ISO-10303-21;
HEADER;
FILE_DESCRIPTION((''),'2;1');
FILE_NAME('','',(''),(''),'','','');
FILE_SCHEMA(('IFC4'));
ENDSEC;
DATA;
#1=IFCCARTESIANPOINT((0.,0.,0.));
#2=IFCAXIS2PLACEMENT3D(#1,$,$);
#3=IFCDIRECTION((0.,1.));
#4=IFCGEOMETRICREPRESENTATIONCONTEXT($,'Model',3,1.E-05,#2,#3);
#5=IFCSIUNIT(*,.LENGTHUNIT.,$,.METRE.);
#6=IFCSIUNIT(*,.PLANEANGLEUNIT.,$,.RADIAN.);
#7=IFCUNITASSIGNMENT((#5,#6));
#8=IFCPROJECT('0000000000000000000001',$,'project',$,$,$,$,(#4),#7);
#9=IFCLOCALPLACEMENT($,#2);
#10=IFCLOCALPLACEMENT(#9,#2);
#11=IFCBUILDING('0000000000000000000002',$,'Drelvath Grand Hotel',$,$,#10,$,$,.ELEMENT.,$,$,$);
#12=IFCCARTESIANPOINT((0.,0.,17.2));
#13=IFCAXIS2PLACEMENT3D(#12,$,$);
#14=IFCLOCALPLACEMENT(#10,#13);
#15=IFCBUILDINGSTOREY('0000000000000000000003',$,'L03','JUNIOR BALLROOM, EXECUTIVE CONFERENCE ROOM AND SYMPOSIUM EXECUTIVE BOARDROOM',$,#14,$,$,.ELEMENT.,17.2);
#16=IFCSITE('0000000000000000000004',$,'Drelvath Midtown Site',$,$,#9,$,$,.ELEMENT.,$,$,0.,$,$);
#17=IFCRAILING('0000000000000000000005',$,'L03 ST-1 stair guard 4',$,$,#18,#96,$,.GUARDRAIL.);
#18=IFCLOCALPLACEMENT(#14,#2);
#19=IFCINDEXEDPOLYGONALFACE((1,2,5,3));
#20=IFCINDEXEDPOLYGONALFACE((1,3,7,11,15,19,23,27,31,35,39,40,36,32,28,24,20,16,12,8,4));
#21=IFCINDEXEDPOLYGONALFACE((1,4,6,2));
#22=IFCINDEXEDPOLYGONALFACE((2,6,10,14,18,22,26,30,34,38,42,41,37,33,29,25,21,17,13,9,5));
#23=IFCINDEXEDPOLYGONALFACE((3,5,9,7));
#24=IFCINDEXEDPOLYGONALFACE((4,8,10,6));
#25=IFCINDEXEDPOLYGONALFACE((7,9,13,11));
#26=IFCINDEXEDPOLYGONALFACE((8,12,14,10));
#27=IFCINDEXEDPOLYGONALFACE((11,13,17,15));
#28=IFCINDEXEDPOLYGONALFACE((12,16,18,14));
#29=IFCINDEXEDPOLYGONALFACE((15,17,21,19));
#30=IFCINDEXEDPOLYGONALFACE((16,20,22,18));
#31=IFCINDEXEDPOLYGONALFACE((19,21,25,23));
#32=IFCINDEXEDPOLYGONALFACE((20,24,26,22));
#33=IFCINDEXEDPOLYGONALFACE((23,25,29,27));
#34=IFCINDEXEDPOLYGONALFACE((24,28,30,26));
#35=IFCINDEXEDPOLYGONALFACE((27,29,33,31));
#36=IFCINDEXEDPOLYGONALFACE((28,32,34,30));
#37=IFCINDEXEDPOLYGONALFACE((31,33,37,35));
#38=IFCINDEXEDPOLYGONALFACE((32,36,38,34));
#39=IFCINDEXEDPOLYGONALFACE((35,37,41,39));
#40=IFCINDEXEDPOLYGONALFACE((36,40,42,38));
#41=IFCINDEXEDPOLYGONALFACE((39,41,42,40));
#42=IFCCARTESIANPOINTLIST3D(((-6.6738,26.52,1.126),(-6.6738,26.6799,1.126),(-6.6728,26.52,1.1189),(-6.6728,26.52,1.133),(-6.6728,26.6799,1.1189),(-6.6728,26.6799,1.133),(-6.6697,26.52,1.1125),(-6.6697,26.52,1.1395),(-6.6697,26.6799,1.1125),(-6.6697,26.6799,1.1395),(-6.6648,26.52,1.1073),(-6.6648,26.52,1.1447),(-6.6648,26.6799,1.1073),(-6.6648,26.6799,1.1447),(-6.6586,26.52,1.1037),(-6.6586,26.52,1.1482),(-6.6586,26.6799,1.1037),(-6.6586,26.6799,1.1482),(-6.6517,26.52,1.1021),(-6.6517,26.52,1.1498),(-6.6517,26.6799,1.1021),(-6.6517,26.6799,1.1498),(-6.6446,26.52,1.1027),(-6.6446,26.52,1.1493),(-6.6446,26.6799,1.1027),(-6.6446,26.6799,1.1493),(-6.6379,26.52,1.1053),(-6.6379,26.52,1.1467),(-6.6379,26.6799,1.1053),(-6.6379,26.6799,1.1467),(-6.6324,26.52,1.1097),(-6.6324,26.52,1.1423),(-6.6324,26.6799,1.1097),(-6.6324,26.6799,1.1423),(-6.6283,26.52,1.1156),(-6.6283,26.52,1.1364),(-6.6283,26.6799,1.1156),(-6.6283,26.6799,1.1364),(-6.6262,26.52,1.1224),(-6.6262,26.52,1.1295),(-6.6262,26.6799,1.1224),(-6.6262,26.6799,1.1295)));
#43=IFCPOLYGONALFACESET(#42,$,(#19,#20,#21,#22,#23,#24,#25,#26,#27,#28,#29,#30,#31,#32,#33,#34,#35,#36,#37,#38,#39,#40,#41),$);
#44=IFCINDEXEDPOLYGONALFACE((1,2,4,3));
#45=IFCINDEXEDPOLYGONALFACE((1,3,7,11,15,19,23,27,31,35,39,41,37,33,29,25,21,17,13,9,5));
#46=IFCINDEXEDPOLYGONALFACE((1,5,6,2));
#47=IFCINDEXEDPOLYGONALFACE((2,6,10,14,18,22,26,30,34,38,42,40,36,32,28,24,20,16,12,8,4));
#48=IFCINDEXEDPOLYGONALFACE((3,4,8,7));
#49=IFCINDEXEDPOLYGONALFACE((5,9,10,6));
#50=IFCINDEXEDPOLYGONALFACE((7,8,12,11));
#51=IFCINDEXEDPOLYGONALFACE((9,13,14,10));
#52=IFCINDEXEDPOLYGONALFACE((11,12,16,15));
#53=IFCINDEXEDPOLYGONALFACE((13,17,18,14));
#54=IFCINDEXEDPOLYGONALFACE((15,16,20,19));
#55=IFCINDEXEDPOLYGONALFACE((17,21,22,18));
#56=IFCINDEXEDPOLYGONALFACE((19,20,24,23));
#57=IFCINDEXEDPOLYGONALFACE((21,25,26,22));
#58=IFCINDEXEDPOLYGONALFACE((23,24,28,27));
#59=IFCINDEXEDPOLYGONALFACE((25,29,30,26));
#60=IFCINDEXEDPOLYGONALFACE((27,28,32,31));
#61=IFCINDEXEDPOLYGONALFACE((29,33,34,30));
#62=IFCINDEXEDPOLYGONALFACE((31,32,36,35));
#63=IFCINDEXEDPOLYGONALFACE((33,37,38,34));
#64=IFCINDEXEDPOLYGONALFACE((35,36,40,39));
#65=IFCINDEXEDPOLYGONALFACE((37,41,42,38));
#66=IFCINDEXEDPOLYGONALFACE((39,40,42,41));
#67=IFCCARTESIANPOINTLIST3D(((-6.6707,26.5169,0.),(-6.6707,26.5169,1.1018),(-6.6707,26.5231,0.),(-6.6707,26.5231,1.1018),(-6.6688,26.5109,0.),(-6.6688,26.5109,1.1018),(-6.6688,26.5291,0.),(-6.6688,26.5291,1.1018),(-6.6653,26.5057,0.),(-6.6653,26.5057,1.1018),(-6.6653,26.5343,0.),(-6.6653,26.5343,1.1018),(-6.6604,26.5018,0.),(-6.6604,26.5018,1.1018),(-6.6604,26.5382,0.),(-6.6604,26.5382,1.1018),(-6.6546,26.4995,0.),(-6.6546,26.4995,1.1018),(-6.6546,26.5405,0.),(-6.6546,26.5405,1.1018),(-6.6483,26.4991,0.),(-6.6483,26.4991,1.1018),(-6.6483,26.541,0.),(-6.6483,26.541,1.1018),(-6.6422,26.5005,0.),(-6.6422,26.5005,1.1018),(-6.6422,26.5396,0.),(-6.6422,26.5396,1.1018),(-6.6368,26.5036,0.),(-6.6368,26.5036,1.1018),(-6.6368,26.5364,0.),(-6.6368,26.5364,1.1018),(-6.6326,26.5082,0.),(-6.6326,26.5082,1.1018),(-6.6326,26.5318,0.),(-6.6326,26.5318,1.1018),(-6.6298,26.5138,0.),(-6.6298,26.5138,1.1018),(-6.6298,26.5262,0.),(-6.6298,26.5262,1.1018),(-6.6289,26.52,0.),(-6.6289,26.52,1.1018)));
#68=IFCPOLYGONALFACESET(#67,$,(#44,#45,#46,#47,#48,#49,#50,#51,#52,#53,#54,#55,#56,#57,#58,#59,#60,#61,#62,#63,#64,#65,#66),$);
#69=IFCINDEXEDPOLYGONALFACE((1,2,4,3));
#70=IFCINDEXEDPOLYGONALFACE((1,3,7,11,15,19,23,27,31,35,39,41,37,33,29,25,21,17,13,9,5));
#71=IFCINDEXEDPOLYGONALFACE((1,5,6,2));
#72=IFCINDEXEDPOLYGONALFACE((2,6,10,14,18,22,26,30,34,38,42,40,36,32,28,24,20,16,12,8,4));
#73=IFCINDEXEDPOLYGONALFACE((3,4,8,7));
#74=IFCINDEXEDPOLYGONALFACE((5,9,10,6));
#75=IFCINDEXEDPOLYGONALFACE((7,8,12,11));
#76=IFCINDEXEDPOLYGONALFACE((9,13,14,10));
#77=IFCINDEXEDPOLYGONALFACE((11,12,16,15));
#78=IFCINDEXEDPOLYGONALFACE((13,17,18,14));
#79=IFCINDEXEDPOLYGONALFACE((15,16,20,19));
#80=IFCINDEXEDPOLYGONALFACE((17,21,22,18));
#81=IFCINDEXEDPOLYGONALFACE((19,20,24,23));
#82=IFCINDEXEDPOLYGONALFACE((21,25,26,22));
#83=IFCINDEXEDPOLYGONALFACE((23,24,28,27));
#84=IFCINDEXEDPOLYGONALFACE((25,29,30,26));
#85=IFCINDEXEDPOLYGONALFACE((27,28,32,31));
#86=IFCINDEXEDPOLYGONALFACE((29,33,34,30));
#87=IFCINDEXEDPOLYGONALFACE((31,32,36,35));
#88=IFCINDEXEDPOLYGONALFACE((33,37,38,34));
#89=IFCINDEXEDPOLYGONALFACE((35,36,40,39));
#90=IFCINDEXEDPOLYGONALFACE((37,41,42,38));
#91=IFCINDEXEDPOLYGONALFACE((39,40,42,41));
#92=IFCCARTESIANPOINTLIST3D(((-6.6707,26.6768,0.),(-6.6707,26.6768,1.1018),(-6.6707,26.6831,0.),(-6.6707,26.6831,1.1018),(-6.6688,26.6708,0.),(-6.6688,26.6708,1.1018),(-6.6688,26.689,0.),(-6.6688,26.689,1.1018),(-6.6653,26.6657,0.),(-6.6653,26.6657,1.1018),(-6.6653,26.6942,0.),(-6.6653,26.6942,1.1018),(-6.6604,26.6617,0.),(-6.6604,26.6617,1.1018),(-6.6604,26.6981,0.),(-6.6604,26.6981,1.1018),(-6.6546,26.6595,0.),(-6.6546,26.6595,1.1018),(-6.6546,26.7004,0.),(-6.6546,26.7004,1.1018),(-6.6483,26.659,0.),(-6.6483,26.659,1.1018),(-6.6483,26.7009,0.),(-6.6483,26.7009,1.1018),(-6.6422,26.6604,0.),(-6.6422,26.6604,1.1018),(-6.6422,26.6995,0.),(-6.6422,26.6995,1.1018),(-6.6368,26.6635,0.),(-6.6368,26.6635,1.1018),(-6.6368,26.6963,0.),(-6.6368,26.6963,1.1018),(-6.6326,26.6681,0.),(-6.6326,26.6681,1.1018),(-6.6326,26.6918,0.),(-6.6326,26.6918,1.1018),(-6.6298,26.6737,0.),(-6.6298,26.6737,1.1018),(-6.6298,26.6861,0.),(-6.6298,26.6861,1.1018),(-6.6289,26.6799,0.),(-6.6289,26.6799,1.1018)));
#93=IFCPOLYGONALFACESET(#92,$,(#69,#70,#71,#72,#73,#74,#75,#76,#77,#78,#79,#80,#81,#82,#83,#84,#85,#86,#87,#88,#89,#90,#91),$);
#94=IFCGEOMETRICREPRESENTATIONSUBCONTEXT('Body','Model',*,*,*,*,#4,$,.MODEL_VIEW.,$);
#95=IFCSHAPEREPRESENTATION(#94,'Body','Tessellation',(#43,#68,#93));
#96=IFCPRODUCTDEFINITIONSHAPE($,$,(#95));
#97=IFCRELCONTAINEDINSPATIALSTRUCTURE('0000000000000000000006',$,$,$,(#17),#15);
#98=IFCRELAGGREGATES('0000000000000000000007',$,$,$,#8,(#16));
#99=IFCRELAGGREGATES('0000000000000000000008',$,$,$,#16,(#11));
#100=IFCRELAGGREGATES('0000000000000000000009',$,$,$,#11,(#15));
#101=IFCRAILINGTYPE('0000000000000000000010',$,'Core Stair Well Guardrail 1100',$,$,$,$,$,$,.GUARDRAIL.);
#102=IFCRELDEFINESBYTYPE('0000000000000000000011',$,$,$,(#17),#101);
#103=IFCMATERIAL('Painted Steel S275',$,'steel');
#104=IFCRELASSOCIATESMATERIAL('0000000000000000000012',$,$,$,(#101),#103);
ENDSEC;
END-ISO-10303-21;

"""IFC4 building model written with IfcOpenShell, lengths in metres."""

from ifc_helpers import new_model, si_unit, direction, frame, origin, origin_2d, place, context, subcontext, project, spatial, circle, extrude, material, type_object, element, save


model = new_model("IFC4")

# Units and contexts
model_context = context("Model", 3, precision=1e-05, world=origin(), true_north=direction((0.0, 1.0)))
body_context = subcontext(model_context, "Body", "Model", "MODEL_VIEW")
ifc_project = project(units=[si_unit("LENGTHUNIT", "METRE"), si_unit("PLANEANGLEUNIT", "RADIAN")], contexts=[model_context])

# Site, building, storey
site_placement = place(None, origin())
site = spatial("IfcSite", under=ifc_project, at=site_placement, Name="Drelvath Midtown Site", CompositionType="ELEMENT", RefElevation=0.0)
building_placement = place(site_placement, origin())
building = spatial("IfcBuilding", under=site, at=building_placement, Name="Drelvath Grand Hotel", CompositionType="ELEMENT")
storey_placement = place(building_placement, frame((0.0, 0.0, 17.2)))
storey = spatial("IfcBuildingStorey", under=building, at=storey_placement, Name="L03", Description="JUNIOR BALLROOM, EXECUTIVE CONFERENCE ROOM AND SYMPOSIUM EXECUTIVE BOARDROOM", CompositionType="ELEMENT", Elevation=17.2)

# Shared definitions
ifc_material_1 = material(Name="Painted Steel S275", Category="steel")

# Railing
railing_type_1 = type_object("IfcRailingType", Name="Core Stair Well Guardrail 1100", PredefinedType="GUARDRAIL", material=ifc_material_1)
railing_1_placement = place(storey_placement, frame((-6.6499, 26.52, 0.0)))
element("IfcRailing", 1, at=railing_1_placement, inside=storey, type_object=railing_type_1, Name="L03 ST-1 stair guard 4", PredefinedType="GUARDRAIL", context=body_context, shape_type="SweptSolid", body=[
    extrude(circle(Radius=0.0239, at=origin_2d()), frame((0.0, 0.0, 1.126), z_axis=(0.0, 1.0, 0.0), x_axis=(-1.0, 0.0, 0.0)), (0.0, 0.0, 1.0), 0.1599),
    extrude(circle(Radius=0.021, at=origin_2d()), origin(), (0.0, 0.0, 1.0), 1.1018),
    extrude(circle(Radius=0.021, at=origin_2d()), frame((0.0, 0.1599, 0.0)), (0.0, 0.0, 1.0), 1.1018),
])

save(model, "model.ifc")
